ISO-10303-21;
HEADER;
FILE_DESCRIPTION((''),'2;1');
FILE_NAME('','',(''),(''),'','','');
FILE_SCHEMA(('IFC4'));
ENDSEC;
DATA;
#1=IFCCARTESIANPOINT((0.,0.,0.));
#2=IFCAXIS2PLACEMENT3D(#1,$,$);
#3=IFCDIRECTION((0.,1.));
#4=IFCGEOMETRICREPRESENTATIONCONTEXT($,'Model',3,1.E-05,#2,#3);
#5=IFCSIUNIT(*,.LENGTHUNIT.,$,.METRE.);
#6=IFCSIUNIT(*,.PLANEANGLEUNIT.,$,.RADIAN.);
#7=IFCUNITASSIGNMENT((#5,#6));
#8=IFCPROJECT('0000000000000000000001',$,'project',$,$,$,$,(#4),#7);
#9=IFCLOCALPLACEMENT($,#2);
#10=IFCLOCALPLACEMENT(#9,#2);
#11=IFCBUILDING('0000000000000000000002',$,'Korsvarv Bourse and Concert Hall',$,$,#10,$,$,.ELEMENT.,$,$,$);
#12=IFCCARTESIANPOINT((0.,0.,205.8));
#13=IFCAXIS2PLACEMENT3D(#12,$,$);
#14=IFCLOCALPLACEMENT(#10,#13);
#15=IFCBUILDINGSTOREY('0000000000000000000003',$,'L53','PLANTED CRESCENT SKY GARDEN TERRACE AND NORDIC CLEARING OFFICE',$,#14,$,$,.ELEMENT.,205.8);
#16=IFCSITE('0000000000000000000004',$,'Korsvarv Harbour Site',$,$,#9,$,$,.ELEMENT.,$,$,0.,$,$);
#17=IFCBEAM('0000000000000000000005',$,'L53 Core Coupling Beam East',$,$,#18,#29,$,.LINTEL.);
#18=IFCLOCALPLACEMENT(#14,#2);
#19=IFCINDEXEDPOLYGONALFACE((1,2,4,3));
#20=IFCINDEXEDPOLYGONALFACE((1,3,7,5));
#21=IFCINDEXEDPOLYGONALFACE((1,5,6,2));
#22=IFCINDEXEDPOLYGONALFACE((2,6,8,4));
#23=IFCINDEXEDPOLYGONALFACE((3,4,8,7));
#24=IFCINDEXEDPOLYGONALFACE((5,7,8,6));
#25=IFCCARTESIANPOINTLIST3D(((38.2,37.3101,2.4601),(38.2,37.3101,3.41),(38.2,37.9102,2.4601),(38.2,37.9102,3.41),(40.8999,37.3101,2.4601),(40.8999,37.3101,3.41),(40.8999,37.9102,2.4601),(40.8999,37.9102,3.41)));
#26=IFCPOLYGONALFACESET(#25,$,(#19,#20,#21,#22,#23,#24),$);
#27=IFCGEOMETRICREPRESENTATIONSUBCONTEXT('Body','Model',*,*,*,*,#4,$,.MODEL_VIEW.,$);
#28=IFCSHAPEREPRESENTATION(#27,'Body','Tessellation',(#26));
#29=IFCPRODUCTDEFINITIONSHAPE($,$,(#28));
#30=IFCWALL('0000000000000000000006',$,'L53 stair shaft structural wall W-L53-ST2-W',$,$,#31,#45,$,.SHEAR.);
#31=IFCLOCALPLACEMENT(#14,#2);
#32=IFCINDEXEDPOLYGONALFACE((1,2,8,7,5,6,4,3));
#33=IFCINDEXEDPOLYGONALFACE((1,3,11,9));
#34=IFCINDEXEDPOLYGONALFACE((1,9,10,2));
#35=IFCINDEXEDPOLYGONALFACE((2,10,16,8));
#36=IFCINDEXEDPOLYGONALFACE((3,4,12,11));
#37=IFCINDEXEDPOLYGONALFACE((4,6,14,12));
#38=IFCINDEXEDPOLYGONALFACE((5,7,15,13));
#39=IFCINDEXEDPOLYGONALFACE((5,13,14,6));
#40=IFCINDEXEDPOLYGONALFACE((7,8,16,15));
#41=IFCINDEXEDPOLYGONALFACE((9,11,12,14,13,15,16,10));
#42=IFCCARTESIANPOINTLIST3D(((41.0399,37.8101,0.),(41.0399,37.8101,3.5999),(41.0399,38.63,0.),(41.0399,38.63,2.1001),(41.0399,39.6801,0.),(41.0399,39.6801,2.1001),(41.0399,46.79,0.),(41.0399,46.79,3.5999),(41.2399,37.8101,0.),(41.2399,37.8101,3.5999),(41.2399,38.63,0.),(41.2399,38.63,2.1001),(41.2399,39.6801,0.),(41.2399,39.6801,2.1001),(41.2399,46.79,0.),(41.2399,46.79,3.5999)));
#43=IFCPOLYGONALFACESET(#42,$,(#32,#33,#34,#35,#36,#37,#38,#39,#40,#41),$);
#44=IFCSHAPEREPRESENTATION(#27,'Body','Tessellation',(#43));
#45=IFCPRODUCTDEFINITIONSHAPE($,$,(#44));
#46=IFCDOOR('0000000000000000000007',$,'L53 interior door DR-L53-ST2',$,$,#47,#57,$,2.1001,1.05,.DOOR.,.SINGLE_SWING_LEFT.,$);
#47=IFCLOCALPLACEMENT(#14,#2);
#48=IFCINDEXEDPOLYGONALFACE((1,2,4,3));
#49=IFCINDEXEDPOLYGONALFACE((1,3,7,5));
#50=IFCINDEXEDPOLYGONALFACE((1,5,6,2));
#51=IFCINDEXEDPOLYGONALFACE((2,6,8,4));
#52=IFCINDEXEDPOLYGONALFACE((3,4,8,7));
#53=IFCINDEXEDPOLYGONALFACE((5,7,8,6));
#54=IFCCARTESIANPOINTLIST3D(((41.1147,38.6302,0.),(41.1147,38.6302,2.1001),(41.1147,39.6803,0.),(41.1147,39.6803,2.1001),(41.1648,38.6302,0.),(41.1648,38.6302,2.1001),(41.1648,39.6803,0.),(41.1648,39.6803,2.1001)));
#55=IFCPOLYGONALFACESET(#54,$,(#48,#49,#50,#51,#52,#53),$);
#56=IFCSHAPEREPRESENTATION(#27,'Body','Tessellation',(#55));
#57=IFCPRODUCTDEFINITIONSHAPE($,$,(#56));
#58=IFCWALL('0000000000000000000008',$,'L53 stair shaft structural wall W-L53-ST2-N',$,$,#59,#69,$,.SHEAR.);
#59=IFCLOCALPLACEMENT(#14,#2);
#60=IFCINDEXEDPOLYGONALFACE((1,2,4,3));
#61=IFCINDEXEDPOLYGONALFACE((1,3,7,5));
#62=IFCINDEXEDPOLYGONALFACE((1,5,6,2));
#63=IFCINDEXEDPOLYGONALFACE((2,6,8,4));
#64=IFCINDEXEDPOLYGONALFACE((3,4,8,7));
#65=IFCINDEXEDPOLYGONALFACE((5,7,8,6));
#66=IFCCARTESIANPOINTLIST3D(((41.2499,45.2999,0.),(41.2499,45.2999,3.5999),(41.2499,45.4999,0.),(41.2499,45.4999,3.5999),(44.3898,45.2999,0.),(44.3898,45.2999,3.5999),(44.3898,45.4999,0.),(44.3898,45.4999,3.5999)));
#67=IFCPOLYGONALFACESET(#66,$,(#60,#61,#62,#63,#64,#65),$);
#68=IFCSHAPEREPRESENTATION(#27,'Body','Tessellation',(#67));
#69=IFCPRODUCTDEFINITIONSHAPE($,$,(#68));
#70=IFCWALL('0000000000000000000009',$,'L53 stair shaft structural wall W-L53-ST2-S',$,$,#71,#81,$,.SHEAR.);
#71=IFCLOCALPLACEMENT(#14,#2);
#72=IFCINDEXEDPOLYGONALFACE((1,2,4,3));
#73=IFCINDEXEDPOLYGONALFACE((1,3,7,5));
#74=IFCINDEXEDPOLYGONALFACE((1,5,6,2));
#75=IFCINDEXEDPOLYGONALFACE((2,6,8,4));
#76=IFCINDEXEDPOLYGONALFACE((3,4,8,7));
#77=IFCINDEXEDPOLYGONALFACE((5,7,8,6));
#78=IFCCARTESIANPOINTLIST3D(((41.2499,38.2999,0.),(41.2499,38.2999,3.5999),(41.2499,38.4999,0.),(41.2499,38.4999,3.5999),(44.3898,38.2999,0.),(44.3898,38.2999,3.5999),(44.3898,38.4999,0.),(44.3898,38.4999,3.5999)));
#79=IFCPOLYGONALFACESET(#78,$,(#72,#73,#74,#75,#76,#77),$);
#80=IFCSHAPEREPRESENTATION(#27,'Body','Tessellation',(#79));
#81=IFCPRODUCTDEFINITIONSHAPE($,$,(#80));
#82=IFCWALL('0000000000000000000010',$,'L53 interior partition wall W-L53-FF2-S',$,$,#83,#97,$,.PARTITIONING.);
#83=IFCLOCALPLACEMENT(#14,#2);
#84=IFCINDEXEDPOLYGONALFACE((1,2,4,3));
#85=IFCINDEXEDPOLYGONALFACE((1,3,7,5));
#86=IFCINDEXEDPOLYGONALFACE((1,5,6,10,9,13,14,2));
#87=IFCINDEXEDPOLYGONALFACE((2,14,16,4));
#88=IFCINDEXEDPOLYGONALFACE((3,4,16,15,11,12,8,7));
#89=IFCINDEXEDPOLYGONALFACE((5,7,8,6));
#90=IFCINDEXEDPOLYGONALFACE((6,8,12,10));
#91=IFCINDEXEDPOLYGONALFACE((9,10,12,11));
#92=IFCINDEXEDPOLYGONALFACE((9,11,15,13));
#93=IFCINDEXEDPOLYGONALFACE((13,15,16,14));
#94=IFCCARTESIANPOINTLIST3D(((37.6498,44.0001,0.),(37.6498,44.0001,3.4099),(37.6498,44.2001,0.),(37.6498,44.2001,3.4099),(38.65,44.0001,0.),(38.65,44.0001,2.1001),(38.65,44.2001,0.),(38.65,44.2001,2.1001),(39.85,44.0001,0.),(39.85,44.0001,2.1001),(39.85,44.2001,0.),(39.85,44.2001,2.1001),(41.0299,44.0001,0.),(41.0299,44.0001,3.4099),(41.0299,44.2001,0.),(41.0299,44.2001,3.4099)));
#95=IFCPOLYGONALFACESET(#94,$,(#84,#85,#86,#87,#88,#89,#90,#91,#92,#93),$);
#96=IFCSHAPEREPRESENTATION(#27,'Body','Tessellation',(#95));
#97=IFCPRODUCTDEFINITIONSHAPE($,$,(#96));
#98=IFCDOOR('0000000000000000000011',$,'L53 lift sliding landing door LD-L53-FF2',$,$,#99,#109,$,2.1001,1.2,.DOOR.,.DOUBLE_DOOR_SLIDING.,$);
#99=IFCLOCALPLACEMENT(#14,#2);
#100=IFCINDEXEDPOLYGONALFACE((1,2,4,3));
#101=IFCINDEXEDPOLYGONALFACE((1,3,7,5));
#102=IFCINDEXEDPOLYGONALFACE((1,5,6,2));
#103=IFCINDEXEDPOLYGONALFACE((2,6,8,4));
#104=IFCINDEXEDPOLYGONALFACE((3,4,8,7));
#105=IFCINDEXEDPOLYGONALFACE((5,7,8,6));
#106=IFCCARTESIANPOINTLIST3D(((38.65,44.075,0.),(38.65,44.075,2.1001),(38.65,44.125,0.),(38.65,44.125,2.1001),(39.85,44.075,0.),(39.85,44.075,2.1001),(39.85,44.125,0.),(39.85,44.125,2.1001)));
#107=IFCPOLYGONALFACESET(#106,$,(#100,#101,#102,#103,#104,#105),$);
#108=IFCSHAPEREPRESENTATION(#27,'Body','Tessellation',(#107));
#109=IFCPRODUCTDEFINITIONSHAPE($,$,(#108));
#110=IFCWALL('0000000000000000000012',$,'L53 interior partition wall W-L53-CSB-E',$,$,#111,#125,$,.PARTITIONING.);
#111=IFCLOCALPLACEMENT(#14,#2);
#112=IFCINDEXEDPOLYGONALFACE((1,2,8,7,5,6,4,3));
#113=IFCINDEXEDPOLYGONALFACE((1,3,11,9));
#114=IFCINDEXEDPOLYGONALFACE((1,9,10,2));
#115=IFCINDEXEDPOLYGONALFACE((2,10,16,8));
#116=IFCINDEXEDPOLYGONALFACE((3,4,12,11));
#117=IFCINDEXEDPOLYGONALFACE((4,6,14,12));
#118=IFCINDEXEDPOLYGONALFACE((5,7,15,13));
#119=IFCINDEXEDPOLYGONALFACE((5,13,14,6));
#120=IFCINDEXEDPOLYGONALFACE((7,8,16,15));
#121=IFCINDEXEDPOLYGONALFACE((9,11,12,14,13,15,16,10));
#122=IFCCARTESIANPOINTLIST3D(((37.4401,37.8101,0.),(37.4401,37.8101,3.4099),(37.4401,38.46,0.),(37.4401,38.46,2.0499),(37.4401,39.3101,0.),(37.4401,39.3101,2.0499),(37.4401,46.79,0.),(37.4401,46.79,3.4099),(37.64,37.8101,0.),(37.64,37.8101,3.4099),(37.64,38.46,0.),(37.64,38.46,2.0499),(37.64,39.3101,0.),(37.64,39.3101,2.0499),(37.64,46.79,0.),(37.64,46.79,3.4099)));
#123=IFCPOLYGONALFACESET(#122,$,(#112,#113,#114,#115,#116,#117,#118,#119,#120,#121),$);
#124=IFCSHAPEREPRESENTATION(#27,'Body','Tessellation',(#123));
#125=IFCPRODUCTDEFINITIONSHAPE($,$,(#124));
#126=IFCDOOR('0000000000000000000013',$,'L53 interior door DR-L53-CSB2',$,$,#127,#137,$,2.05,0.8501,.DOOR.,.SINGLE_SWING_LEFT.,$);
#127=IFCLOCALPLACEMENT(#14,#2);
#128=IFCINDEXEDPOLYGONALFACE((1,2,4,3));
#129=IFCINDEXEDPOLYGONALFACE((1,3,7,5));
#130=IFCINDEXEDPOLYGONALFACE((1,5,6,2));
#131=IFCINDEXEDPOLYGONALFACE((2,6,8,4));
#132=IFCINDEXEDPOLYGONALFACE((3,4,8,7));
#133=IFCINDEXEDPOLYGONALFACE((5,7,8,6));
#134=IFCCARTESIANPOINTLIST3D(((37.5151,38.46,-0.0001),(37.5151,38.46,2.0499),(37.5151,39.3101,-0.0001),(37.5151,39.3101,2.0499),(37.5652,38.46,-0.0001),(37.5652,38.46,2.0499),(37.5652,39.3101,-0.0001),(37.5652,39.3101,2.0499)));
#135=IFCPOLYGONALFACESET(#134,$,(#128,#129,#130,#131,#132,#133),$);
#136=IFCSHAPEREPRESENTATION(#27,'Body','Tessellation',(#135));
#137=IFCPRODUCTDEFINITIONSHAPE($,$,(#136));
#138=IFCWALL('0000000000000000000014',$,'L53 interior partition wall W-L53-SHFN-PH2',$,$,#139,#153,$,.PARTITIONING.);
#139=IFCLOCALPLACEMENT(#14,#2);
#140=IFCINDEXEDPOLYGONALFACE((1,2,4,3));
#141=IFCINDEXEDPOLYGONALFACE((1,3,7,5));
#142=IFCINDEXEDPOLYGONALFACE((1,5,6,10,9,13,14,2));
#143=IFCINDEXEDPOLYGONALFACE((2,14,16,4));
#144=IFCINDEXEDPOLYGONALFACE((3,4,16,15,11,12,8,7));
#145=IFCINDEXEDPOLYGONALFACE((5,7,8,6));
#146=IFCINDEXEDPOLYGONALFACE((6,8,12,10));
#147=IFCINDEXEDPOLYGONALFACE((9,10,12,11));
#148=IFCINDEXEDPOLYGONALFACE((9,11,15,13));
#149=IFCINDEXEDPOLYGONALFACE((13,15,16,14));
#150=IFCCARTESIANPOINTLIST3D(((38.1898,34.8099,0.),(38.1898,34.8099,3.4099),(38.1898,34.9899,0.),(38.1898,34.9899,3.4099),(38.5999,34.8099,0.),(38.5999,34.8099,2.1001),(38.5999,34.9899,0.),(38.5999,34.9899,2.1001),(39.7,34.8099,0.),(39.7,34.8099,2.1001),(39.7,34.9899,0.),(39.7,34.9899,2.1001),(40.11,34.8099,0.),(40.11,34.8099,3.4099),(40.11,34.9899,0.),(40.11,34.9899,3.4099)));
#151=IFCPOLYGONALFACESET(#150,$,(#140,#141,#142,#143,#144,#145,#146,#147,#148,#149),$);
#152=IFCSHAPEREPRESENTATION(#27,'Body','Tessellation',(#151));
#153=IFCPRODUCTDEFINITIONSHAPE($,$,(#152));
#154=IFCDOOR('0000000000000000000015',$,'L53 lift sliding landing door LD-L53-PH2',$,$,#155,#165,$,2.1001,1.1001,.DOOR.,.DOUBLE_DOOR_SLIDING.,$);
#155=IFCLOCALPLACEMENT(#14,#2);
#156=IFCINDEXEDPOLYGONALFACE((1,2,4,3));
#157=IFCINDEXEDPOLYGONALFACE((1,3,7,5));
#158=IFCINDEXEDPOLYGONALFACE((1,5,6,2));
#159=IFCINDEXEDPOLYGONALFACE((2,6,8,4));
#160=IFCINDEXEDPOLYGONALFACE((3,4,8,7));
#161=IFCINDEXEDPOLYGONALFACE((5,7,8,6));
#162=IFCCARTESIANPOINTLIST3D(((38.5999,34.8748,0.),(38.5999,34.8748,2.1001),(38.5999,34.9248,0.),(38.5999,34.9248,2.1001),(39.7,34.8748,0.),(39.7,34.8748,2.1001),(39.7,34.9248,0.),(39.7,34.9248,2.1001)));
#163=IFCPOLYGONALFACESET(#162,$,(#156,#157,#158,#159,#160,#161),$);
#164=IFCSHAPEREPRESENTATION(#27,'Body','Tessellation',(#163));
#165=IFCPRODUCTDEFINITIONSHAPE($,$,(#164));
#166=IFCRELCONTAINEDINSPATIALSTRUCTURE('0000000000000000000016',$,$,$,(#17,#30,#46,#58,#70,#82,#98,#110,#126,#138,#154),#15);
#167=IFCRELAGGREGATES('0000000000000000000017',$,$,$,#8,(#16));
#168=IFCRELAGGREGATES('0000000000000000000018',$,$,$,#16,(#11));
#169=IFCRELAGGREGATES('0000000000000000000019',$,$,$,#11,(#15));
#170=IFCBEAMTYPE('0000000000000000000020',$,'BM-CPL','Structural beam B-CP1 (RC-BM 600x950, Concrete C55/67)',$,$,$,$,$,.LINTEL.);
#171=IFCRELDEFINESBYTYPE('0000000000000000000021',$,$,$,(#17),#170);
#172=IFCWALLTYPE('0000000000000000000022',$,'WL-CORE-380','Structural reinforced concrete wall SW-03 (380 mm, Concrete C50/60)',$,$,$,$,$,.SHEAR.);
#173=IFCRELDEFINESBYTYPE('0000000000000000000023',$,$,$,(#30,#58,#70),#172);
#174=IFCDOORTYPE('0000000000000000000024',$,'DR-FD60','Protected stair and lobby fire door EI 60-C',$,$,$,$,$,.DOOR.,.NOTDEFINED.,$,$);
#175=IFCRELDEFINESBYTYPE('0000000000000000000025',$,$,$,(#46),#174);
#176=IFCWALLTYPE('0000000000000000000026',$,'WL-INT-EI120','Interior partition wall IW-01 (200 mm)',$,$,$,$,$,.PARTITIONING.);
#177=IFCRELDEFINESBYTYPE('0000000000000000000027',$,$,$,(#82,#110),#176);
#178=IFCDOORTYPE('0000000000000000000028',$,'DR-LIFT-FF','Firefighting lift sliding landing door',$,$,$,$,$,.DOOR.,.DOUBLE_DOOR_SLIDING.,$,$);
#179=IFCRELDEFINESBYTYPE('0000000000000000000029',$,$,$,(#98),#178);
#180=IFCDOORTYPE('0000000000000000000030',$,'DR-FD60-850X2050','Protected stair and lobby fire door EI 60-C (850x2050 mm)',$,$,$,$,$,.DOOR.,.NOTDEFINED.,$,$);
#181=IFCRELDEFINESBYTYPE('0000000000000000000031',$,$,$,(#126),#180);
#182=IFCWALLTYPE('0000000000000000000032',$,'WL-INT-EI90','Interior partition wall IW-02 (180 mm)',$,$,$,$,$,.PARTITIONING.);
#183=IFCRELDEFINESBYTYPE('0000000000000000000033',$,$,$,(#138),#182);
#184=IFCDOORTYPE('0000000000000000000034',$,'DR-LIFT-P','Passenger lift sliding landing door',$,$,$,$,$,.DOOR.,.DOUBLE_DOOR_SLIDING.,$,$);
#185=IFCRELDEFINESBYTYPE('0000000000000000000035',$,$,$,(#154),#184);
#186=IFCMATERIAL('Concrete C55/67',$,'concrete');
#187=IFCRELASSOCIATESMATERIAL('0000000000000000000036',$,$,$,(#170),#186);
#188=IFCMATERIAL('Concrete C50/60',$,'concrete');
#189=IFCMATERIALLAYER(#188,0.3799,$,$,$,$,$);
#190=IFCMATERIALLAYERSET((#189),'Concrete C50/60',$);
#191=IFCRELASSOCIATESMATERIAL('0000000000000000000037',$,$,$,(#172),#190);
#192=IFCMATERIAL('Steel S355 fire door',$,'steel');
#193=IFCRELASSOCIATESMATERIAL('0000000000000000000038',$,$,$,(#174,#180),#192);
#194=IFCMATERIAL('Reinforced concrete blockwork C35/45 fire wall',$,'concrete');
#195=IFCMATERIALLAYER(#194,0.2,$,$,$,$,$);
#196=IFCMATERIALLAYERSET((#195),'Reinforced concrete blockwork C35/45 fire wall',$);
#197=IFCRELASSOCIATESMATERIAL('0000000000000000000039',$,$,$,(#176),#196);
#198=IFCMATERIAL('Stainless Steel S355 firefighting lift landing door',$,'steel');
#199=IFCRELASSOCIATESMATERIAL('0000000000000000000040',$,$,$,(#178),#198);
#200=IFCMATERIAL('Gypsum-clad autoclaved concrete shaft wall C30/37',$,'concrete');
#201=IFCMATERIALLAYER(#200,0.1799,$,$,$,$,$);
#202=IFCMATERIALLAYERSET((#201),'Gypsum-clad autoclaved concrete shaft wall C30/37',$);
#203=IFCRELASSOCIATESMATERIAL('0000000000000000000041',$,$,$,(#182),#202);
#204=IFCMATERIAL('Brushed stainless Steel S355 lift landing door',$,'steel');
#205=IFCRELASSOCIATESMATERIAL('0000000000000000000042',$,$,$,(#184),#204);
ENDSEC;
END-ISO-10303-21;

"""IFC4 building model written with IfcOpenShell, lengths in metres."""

from ifc_helpers import new_model, si_unit, direction, frame, frame_2d, origin, origin_2d, place, context, subcontext, project, spatial, rectangle, extrude, source, transform, mapped, material, layer, layer_set, material_profile, profile_set, type_object, element, fill, save


model = new_model("IFC4")

# Units and contexts
model_context = context("Model", 3, precision=1e-05, world=origin(), true_north=direction((0.0, 1.0)))
body_context = subcontext(model_context, "Body", "Model", "MODEL_VIEW")
ifc_project = project(units=[si_unit("LENGTHUNIT", "METRE"), si_unit("PLANEANGLEUNIT", "RADIAN")], contexts=[model_context])

# Site, building, storey
site_placement = place(None, origin())
site = spatial("IfcSite", under=ifc_project, at=site_placement, Name="Korsvarv Harbour Site", CompositionType="ELEMENT", RefElevation=0.0)
building_placement = place(site_placement, origin())
building = spatial("IfcBuilding", under=site, at=building_placement, Name="Korsvarv Bourse and Concert Hall", CompositionType="ELEMENT")
storey_placement = place(building_placement, frame((0.0, 0.0, 205.8)))
storey = spatial("IfcBuildingStorey", under=building, at=storey_placement, Name="L53", Description="PLANTED CRESCENT SKY GARDEN TERRACE AND NORDIC CLEARING OFFICE", CompositionType="ELEMENT", Elevation=205.8)

# Beam
ifc_material_1 = material(Name="Concrete C55/67", Category="concrete")
ifc_material_profile = material_profile(ifc_material_1, rectangle(XDim=0.6001, YDim=0.95, at=origin_2d()), Name="RC-BM 600x950")
ifc_profile_set = profile_set([ifc_material_profile], Name="Concrete C55/67")
beam_type = type_object("IfcBeamType", Name="BM-CPL", Description="Structural beam B-CP1 (RC-BM 600x950, Concrete C55/67)", PredefinedType="LINTEL", material=ifc_profile_set)
shared_shape = source(origin(), body_context, "Body", "SweptSolid", [
    extrude(rectangle(XDim=0.6001, YDim=0.95, at=origin_2d()), origin(), (0.0, 0.0, 1.0), 2.7),
])
beam_placement = place(storey_placement, frame((38.2, 37.6101, 2.9351), z_axis=(1.0, 0.0, 0.0), x_axis=(0.0, 1.0, 0.0)))
element("IfcBeam", 1, at=beam_placement, inside=storey, type_object=beam_type, Name="L53 Core Coupling Beam East", PredefinedType="LINTEL", context=body_context, shape_type="MappedRepresentation", body=[
    mapped(shared_shape, transform((0.0, 0.0, 0.0), scale=1.0)),
])

# Wall, opening, door
ifc_material_2 = material(Name="Concrete C50/60", Category="concrete")
ifc_layer_1 = layer(ifc_material_2, 0.3799)
ifc_layer_set_1 = layer_set([ifc_layer_1], Name="Concrete C50/60")
wall_type_1 = type_object("IfcWallType", Name="WL-CORE-380", Description="Structural reinforced concrete wall SW-03 (380 mm, Concrete C50/60)", PredefinedType="SHEAR", material=ifc_layer_set_1)
wall_1_placement = place(storey_placement, frame((41.1399, 37.8101, 0.0), z_axis=(0.0, 0.0, 1.0), x_axis=(0.0, 1.0, 0.0)))
wall_1 = element("IfcWall", 2, at=wall_1_placement, inside=storey, type_object=wall_type_1, Name="L53 stair shaft structural wall W-L53-ST2-W", PredefinedType="SHEAR", context=body_context, shape_type="SweptSolid", body=[
    extrude(rectangle(XDim=8.98, YDim=0.2, at=frame_2d((4.49, 0.0))), origin(), (0.0, 0.0, 1.0), 3.5999),
])
opening_1_placement = place(wall_1_placement, frame((0.8201, 0.0, 0.0)))
opening_1 = element("IfcOpeningElement", 3, at=opening_1_placement, cuts=wall_1, PredefinedType="OPENING", context=body_context, shape_type="SweptSolid", body=[
    extrude(rectangle(XDim=1.05, YDim=2.1001, at=frame_2d((0.5249, 1.05))), frame((0.0, 0.1099, 0.0), z_axis=(0.0, -1.0, 0.0), x_axis=(1.0, 0.0, 0.0)), (0.0, 0.0, 1.0), 0.22),
])
ifc_material_3 = material(Name="Steel S355 fire door", Category="steel")
door_type_1 = type_object("IfcDoorType", Name="DR-FD60", Description="Protected stair and lobby fire door EI 60-C", OperationType="NOTDEFINED", PredefinedType="DOOR", material=ifc_material_3)
door_1_placement = place(opening_1_placement, frame((1.05, 0.0, 0.0), z_axis=(0.0, 0.0, 1.0), x_axis=(-1.0, 0.0, 0.0)))
door_1 = element("IfcDoor", 4, at=door_1_placement, inside=storey, type_object=door_type_1, Name="L53 interior door DR-L53-ST2", OperationType="SINGLE_SWING_LEFT", OverallHeight=2.1001, OverallWidth=1.05, PredefinedType="DOOR", context=body_context, shape_type="SweptSolid", body=[
    extrude(rectangle(XDim=1.05, YDim=2.1001, at=frame_2d((0.5249, 1.05))), frame((0.0, 0.0249, 0.0), z_axis=(0.0, -1.0, 0.0), x_axis=(1.0, 0.0, 0.0)), (0.0, 0.0, 1.0), 0.05),
])
fill(opening_1, door_1)

# Walls
for number, where, z_axis, x_axis, name in (
    (5, (41.25, 45.3999, 0.0), (0.0, 0.0, 1.0), (1.0, 0.0, 0.0), "L53 stair shaft structural wall W-L53-ST2-N"),
    (6, (41.25, 38.3999, 0.0), (0.0, 0.0, 1.0), (1.0, 0.0, 0.0), "L53 stair shaft structural wall W-L53-ST2-S"),
):
    element("IfcWall", number, at=place(storey_placement, frame(where, z_axis=z_axis, x_axis=x_axis)), inside=storey, type_object=wall_type_1, Name=name, PredefinedType="SHEAR", context=body_context, shape_type="SweptSolid", body=[
        extrude(rectangle(XDim=3.1399, YDim=0.2, at=frame_2d((1.5698, 0.0))), origin(), (0.0, 0.0, 1.0), 3.5999),
    ])

# Walls, openings, doors
ifc_material_4 = material(Name="Reinforced concrete blockwork C35/45 fire wall", Category="concrete")
ifc_layer_2 = layer(ifc_material_4, 0.2)
ifc_layer_set_2 = layer_set([ifc_layer_2], Name="Reinforced concrete blockwork C35/45 fire wall")
wall_type_2 = type_object("IfcWallType", Name="WL-INT-EI120", Description="Interior partition wall IW-01 (200 mm)", PredefinedType="PARTITIONING", material=ifc_layer_set_2)
wall_2_placement = place(storey_placement, frame((37.6499, 44.1001, 0.0), z_axis=(0.0, 0.0, 1.0), x_axis=(1.0, 0.0, 0.0)))
wall_2 = element("IfcWall", 7, at=wall_2_placement, inside=storey, type_object=wall_type_2, Name="L53 interior partition wall W-L53-FF2-S", PredefinedType="PARTITIONING", context=body_context, shape_type="SweptSolid", body=[
    extrude(rectangle(XDim=3.3801, YDim=0.2, at=frame_2d((1.6899, 0.0))), origin(), (0.0, 0.0, 1.0), 3.4099),
])
opening_2_placement = place(wall_2_placement, frame((1.0, 0.0, 0.0)))
opening_2 = element("IfcOpeningElement", 8, at=opening_2_placement, cuts=wall_2, PredefinedType="OPENING", context=body_context, shape_type="SweptSolid", body=[
    extrude(rectangle(XDim=1.2, YDim=2.1001, at=frame_2d((0.6001, 1.05))), frame((0.0, 0.1099, 0.0), z_axis=(0.0, -1.0, 0.0), x_axis=(1.0, 0.0, 0.0)), (0.0, 0.0, 1.0), 0.22),
])
ifc_material_5 = material(Name="Stainless Steel S355 firefighting lift landing door", Category="steel")
door_type_2 = type_object("IfcDoorType", Name="DR-LIFT-FF", Description="Firefighting lift sliding landing door", OperationType="DOUBLE_DOOR_SLIDING", PredefinedType="DOOR", material=ifc_material_5)
door_2_placement = place(opening_2_placement, origin())
door_2 = element("IfcDoor", 9, at=door_2_placement, inside=storey, type_object=door_type_2, Name="L53 lift sliding landing door LD-L53-FF2", OperationType="DOUBLE_DOOR_SLIDING", OverallHeight=2.1001, OverallWidth=1.2, PredefinedType="DOOR", context=body_context, shape_type="SweptSolid", body=[
    extrude(rectangle(XDim=1.2, YDim=2.1001, at=frame_2d((0.6001, 1.05))), frame((0.0, 0.0249, 0.0), z_axis=(0.0, -1.0, 0.0), x_axis=(1.0, 0.0, 0.0)), (0.0, 0.0, 1.0), 0.05),
])
fill(opening_2, door_2)
wall_3_placement = place(storey_placement, frame((37.54, 37.8101, 0.0), z_axis=(0.0, 0.0, 1.0), x_axis=(0.0, 1.0, 0.0)))
wall_3 = element("IfcWall", 10, at=wall_3_placement, inside=storey, type_object=wall_type_2, Name="L53 interior partition wall W-L53-CSB-E", PredefinedType="PARTITIONING", context=body_context, shape_type="SweptSolid", body=[
    extrude(rectangle(XDim=8.98, YDim=0.2, at=frame_2d((4.49, 0.0))), origin(), (0.0, 0.0, 1.0), 3.4099),
])
opening_3_placement = place(wall_3_placement, frame((0.6499, 0.0, 0.0)))
opening_3 = element("IfcOpeningElement", 11, at=opening_3_placement, cuts=wall_3, PredefinedType="OPENING", context=body_context, shape_type="SweptSolid", body=[
    extrude(rectangle(XDim=0.8501, YDim=2.05, at=frame_2d((0.425, 1.0249))), frame((0.0, 0.1099, 0.0), z_axis=(0.0, -1.0, 0.0), x_axis=(1.0, 0.0, 0.0)), (0.0, 0.0, 1.0), 0.22),
])
door_type_3 = type_object("IfcDoorType", Name="DR-FD60-850X2050", Description="Protected stair and lobby fire door EI 60-C (850x2050 mm)", OperationType="NOTDEFINED", PredefinedType="DOOR", material=ifc_material_3)
door_3_placement = place(opening_3_placement, origin())
door_3 = element("IfcDoor", 12, at=door_3_placement, inside=storey, type_object=door_type_3, Name="L53 interior door DR-L53-CSB2", OperationType="SINGLE_SWING_LEFT", OverallHeight=2.05, OverallWidth=0.8501, PredefinedType="DOOR", context=body_context, shape_type="SweptSolid", body=[
    extrude(rectangle(XDim=0.8501, YDim=2.05, at=frame_2d((0.425, 1.0249))), frame((0.0, 0.0249, 0.0), z_axis=(0.0, -1.0, 0.0), x_axis=(1.0, 0.0, 0.0)), (0.0, 0.0, 1.0), 0.05),
])
fill(opening_3, door_3)
ifc_material_6 = material(Name="Gypsum-clad autoclaved concrete shaft wall C30/37", Category="concrete")
ifc_layer_3 = layer(ifc_material_6, 0.1799)
ifc_layer_set_3 = layer_set([ifc_layer_3], Name="Gypsum-clad autoclaved concrete shaft wall C30/37")
wall_type_3 = type_object("IfcWallType", Name="WL-INT-EI90", Description="Interior partition wall IW-02 (180 mm)", PredefinedType="PARTITIONING", material=ifc_layer_set_3)
wall_4_placement = place(storey_placement, frame((38.1899, 34.8999, 0.0), z_axis=(0.0, 0.0, 1.0), x_axis=(1.0, 0.0, 0.0)))
wall_4 = element("IfcWall", 13, at=wall_4_placement, inside=storey, type_object=wall_type_3, Name="L53 interior partition wall W-L53-SHFN-PH2", PredefinedType="PARTITIONING", context=body_context, shape_type="SweptSolid", body=[
    extrude(rectangle(XDim=1.9202, YDim=0.1799, at=frame_2d((0.96, 0.0))), origin(), (0.0, 0.0, 1.0), 3.4099),
])
opening_4_placement = place(wall_4_placement, frame((0.4099, 0.0, 0.0)))
opening_4 = element("IfcOpeningElement", 14, at=opening_4_placement, cuts=wall_4, PredefinedType="OPENING", context=body_context, shape_type="SweptSolid", body=[
    extrude(rectangle(XDim=1.1001, YDim=2.1001, at=frame_2d((0.55, 1.05))), frame((0.0, 0.1001, 0.0), z_axis=(0.0, -1.0, 0.0), x_axis=(1.0, 0.0, 0.0)), (0.0, 0.0, 1.0), 0.2),
])
ifc_material_7 = material(Name="Brushed stainless Steel S355 lift landing door", Category="steel")
door_type_4 = type_object("IfcDoorType", Name="DR-LIFT-P", Description="Passenger lift sliding landing door", OperationType="DOUBLE_DOOR_SLIDING", PredefinedType="DOOR", material=ifc_material_7)
door_4_placement = place(opening_4_placement, origin())
door_4 = element("IfcDoor", 15, at=door_4_placement, inside=storey, type_object=door_type_4, Name="L53 lift sliding landing door LD-L53-PH2", OperationType="DOUBLE_DOOR_SLIDING", OverallHeight=2.1001, OverallWidth=1.1001, PredefinedType="DOOR", context=body_context, shape_type="SweptSolid", body=[
    extrude(rectangle(XDim=1.1001, YDim=2.1001, at=frame_2d((0.55, 1.05))), frame((0.0, 0.0249, 0.0), z_axis=(0.0, -1.0, 0.0), x_axis=(1.0, 0.0, 0.0)), (0.0, 0.0, 1.0), 0.05),
])
fill(opening_4, door_4)

save(model, "model.ifc")
